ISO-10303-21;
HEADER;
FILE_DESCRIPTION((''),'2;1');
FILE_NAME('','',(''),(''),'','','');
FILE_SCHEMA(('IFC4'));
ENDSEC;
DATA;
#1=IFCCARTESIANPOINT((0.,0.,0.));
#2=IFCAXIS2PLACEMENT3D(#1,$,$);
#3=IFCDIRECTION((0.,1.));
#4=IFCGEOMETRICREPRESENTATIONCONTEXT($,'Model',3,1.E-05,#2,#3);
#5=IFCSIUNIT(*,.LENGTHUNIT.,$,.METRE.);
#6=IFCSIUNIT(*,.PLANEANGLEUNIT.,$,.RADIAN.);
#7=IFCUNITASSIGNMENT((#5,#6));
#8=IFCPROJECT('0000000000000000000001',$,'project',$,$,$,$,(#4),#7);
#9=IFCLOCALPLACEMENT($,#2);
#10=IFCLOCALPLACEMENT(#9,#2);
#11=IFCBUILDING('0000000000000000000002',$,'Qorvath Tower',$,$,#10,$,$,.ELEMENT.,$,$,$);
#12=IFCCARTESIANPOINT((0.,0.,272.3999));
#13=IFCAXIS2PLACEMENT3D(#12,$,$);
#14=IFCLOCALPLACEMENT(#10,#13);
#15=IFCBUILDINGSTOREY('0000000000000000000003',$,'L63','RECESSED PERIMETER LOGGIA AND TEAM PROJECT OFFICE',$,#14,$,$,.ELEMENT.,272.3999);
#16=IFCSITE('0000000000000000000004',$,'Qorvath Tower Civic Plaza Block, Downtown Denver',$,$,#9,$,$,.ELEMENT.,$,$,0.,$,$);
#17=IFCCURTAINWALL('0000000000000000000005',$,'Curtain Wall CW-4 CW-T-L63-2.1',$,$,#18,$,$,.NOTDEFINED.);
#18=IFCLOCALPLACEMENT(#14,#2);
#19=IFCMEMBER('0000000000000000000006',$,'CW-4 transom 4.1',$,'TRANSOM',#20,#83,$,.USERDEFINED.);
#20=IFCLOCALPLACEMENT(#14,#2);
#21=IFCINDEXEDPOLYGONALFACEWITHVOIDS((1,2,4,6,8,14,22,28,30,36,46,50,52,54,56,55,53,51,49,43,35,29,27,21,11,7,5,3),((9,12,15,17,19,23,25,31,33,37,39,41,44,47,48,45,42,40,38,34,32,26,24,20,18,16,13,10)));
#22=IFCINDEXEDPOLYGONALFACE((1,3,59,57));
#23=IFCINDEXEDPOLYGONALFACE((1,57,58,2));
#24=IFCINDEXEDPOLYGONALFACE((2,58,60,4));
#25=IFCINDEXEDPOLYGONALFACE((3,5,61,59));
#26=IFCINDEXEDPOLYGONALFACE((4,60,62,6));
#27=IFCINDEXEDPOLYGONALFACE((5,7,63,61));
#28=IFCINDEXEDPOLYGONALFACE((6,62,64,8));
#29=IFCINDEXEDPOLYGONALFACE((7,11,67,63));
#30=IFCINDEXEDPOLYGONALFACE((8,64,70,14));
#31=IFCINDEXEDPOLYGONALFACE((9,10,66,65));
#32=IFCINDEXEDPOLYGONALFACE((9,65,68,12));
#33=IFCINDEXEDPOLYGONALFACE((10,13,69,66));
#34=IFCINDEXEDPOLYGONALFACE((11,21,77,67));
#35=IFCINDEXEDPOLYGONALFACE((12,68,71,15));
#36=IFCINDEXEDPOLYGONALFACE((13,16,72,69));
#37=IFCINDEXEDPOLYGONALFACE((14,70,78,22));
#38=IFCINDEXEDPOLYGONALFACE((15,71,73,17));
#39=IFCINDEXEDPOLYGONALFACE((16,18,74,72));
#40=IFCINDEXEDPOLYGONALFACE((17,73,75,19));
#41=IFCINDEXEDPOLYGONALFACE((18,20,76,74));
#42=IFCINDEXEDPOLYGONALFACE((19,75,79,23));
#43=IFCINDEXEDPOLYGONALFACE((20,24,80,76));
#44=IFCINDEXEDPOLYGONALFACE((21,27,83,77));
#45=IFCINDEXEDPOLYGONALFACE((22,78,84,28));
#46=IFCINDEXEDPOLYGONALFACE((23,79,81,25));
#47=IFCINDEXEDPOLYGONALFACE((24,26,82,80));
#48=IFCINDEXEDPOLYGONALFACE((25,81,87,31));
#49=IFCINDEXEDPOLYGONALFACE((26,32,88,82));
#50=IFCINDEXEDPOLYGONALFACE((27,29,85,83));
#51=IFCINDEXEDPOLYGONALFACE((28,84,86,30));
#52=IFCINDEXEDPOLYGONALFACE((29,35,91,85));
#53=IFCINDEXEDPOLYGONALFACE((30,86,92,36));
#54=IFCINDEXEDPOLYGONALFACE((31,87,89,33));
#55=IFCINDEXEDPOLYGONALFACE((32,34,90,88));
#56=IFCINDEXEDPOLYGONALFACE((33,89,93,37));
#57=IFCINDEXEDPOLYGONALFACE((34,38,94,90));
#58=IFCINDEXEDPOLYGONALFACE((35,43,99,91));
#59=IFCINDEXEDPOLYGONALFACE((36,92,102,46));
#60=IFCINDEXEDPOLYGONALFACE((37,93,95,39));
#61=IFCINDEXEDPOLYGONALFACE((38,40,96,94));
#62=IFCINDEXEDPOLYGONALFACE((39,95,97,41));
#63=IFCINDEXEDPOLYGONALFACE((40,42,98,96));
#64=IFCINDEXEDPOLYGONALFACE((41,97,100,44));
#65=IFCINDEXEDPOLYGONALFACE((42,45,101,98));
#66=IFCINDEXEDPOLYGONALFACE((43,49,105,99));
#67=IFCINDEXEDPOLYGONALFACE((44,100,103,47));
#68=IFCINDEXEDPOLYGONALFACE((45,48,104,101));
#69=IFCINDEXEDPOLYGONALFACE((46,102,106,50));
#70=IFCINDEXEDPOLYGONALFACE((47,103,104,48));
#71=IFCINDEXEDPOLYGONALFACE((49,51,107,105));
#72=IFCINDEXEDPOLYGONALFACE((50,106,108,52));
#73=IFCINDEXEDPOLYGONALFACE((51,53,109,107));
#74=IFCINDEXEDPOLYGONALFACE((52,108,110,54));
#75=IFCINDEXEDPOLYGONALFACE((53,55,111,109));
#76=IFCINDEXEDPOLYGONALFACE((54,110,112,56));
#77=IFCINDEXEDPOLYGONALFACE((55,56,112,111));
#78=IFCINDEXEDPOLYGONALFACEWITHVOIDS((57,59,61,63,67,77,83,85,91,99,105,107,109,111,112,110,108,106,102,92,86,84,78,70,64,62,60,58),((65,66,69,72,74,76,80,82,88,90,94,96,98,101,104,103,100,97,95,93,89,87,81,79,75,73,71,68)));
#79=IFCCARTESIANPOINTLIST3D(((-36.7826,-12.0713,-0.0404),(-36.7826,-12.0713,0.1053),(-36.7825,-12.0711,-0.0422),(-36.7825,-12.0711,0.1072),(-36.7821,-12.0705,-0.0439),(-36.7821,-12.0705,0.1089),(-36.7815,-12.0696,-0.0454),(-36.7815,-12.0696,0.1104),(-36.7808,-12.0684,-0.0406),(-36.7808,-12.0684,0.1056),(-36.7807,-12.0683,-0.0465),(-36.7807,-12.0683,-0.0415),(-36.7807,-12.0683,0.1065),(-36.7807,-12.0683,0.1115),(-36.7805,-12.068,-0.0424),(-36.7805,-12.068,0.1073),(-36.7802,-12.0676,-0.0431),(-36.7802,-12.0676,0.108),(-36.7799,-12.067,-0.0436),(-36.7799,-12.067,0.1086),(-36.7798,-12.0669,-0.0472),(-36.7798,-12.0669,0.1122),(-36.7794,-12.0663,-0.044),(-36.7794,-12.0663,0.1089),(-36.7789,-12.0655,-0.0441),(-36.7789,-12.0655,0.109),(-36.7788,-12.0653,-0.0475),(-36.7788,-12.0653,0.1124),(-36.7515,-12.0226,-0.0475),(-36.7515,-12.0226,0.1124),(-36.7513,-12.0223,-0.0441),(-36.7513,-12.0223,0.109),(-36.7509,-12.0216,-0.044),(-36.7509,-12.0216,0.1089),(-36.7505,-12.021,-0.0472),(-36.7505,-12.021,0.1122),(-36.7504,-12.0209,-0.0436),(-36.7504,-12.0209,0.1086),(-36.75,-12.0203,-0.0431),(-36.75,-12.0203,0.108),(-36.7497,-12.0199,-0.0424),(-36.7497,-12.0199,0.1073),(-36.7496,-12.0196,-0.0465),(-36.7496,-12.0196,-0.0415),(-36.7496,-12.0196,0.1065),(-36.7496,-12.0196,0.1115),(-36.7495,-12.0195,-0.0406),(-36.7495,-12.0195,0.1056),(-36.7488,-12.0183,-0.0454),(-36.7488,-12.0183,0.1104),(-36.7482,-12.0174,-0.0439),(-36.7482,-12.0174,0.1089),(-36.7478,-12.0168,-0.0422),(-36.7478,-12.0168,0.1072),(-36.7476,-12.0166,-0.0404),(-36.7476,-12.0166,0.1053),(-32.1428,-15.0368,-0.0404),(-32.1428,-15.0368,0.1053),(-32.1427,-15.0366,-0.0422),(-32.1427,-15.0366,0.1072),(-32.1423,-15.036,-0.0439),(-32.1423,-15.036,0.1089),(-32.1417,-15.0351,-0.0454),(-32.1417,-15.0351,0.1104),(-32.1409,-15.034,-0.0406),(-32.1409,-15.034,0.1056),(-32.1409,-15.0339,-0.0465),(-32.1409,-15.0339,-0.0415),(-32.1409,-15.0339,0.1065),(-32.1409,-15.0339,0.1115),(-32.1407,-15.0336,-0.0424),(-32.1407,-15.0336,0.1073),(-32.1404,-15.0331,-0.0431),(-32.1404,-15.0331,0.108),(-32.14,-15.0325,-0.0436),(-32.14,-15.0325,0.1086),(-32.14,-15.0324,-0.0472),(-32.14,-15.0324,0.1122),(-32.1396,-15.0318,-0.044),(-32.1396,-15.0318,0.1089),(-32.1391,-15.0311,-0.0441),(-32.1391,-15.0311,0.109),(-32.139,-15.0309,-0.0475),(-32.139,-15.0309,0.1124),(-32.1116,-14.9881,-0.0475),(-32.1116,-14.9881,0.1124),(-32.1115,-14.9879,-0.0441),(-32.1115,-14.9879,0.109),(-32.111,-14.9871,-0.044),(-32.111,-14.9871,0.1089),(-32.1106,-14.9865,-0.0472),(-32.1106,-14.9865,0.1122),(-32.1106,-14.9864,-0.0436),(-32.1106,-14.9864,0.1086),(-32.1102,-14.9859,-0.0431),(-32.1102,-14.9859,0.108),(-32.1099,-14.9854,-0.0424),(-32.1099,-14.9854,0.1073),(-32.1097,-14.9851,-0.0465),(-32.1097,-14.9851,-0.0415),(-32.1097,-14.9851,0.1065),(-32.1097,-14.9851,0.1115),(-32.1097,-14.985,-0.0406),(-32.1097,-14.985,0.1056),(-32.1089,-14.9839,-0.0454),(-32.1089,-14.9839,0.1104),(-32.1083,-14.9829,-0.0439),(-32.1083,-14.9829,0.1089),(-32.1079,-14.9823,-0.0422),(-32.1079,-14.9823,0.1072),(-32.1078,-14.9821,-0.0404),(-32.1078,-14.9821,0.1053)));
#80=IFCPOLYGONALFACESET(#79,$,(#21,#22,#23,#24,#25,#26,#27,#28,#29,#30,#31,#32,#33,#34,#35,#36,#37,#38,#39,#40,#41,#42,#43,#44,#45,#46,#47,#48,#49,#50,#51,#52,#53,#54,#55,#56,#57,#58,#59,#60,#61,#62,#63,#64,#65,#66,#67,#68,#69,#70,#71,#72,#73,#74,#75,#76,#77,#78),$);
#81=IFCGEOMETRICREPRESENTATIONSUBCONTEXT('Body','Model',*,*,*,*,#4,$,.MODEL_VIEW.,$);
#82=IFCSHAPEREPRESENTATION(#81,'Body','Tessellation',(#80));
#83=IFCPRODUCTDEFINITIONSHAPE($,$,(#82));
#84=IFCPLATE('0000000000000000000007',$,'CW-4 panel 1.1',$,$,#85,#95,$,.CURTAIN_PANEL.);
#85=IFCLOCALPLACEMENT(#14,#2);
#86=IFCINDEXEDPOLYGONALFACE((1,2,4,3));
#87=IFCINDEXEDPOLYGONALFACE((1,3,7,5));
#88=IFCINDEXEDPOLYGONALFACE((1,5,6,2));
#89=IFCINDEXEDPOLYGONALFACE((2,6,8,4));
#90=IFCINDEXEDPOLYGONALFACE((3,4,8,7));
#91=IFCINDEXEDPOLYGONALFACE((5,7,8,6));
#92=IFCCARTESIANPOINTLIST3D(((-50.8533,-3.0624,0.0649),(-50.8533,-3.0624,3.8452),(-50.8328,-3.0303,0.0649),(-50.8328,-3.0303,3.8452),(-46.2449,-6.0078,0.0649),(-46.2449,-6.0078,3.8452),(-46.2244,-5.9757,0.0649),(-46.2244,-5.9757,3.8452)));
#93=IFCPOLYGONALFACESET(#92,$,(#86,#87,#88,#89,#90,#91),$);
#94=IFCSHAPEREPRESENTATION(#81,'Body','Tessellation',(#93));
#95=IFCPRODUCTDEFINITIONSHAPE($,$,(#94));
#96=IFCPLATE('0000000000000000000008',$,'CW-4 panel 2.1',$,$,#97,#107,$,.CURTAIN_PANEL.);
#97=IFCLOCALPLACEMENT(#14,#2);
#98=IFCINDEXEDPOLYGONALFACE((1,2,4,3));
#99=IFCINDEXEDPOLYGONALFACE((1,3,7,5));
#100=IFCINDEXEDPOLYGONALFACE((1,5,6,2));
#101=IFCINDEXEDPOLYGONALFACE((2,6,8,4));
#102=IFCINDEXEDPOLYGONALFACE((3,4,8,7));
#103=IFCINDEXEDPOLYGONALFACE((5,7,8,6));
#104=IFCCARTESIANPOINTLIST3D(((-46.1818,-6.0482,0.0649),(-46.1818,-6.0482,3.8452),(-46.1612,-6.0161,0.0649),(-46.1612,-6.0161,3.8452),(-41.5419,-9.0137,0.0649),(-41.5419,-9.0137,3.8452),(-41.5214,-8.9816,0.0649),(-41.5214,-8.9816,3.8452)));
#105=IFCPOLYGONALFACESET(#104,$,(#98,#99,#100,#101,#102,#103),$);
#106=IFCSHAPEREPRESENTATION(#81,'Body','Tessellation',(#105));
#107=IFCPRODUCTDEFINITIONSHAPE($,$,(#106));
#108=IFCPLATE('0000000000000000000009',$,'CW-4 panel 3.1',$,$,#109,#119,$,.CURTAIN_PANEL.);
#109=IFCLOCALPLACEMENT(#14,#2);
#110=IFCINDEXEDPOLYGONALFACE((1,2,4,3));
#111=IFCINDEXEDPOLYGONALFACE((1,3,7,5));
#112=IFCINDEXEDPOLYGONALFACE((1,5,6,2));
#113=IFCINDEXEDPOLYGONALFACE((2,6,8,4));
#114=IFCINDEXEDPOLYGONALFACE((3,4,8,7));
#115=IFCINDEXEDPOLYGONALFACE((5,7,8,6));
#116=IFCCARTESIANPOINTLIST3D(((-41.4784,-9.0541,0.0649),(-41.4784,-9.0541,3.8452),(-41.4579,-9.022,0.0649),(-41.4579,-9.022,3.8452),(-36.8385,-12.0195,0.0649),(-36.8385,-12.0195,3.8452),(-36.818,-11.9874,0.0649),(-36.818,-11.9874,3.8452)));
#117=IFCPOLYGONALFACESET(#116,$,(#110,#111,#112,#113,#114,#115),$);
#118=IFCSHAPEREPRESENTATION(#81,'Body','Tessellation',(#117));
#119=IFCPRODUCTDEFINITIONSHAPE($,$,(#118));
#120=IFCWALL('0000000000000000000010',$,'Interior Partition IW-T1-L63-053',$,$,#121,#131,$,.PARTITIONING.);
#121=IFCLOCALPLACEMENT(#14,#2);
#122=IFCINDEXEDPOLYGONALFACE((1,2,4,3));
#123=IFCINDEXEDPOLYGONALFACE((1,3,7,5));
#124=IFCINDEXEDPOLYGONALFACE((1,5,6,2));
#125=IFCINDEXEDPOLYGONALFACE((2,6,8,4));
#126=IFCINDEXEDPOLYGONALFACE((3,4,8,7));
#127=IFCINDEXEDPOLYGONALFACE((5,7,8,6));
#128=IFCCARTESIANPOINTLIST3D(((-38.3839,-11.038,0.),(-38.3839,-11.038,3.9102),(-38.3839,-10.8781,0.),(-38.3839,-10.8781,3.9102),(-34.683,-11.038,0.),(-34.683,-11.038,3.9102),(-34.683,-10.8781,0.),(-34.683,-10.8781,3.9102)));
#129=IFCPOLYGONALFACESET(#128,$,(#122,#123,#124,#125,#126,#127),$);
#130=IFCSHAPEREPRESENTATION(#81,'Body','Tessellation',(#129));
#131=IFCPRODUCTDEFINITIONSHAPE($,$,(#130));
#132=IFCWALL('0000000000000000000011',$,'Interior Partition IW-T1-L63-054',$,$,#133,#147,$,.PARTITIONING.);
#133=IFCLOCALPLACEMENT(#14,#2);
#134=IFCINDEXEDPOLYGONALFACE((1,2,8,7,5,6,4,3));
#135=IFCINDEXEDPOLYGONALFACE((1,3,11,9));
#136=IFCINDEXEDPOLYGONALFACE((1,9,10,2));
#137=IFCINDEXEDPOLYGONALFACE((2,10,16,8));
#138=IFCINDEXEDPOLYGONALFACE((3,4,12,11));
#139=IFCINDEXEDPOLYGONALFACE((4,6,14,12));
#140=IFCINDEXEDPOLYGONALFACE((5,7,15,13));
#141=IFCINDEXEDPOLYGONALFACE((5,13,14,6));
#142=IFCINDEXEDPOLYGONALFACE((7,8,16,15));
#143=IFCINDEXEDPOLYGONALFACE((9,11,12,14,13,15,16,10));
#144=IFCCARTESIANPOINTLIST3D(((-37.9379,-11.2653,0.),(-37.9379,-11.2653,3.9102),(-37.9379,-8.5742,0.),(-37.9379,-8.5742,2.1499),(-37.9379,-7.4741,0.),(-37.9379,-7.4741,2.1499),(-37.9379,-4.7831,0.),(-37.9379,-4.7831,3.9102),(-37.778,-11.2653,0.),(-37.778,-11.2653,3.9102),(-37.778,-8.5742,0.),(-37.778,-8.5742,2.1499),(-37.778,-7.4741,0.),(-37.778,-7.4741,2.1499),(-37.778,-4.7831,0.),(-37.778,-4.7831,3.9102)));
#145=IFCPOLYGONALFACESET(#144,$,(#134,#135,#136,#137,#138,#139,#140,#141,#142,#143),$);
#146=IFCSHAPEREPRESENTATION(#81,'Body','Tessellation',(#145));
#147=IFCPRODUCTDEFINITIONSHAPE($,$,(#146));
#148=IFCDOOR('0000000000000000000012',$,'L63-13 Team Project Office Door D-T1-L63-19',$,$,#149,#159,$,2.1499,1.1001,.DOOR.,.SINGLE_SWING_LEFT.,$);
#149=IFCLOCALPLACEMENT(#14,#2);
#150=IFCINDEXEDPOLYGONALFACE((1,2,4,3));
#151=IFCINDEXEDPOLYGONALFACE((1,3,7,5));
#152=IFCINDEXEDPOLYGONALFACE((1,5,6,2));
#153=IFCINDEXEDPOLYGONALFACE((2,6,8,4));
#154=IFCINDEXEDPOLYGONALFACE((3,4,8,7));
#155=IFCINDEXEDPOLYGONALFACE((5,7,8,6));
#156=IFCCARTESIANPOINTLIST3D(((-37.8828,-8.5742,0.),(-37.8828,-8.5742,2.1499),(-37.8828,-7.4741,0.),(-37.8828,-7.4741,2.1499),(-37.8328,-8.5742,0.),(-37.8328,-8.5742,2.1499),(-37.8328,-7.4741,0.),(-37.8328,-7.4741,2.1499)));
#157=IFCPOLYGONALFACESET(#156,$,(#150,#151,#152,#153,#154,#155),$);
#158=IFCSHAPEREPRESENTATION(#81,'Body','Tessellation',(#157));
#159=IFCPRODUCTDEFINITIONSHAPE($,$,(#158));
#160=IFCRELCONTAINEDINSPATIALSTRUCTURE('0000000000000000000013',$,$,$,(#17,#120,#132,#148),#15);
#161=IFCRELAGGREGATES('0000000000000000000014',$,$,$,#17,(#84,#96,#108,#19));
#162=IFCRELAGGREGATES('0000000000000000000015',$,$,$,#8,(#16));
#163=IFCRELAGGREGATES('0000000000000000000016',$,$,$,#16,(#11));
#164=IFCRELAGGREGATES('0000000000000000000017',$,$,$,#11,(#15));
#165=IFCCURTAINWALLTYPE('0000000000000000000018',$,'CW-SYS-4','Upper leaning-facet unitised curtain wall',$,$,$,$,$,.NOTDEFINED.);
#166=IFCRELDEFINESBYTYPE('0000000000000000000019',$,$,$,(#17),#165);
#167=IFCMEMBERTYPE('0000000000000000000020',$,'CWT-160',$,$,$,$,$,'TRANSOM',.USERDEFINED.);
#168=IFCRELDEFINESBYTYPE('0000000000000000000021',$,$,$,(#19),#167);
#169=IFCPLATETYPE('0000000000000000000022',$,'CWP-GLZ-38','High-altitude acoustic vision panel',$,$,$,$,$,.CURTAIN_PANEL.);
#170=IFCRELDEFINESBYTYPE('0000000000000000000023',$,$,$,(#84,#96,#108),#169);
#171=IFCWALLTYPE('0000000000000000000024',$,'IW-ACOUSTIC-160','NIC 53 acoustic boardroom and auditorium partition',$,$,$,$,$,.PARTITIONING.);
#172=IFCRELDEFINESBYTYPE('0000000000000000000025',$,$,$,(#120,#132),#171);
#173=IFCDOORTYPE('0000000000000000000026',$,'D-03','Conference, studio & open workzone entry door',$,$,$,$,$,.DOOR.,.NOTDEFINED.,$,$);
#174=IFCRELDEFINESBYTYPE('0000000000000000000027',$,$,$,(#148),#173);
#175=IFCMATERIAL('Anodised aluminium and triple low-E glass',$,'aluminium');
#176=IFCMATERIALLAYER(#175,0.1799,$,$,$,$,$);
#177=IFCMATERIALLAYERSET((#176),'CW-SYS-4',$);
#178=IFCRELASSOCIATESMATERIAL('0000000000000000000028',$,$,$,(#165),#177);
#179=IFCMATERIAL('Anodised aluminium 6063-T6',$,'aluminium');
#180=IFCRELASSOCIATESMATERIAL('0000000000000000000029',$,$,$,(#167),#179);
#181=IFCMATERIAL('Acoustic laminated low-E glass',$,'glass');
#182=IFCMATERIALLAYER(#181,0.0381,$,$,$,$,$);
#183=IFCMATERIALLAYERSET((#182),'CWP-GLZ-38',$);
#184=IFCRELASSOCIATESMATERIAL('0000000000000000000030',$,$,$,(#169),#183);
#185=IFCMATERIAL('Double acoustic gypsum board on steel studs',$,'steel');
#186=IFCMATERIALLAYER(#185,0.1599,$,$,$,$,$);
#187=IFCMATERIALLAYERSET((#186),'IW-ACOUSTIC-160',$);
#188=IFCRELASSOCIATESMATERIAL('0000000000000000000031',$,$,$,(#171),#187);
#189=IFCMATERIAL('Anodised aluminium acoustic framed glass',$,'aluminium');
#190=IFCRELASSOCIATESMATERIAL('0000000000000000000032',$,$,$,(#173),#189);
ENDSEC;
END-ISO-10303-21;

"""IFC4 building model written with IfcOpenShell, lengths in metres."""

from ifc_helpers import new_model, si_unit, direction, frame, frame_2d, origin, origin_2d, place, context, subcontext, project, spatial, rectangle, hollow_rectangle, extrude, material, layer, layer_set, material_profile, profile_set, type_object, element, fill, aggregate, save


model = new_model("IFC4")

# Units and contexts
model_context = context("Model", 3, precision=1e-05, world=origin(), true_north=direction((0.0, 1.0)))
body_context = subcontext(model_context, "Body", "Model", "MODEL_VIEW")
ifc_project = project(units=[si_unit("LENGTHUNIT", "METRE"), si_unit("PLANEANGLEUNIT", "RADIAN")], contexts=[model_context])

# Site, building, storey
site_placement = place(None, origin())
site = spatial("IfcSite", under=ifc_project, at=site_placement, Name="Qorvath Tower Civic Plaza Block, Downtown Denver", CompositionType="ELEMENT", RefElevation=0.0)
building_placement = place(site_placement, origin())
building = spatial("IfcBuilding", under=site, at=building_placement, Name="Qorvath Tower", CompositionType="ELEMENT")
storey_placement = place(building_placement, frame((0.0, 0.0, 272.3999)))
storey = spatial("IfcBuildingStorey", under=building, at=storey_placement, Name="L63", Description="RECESSED PERIMETER LOGGIA AND TEAM PROJECT OFFICE", CompositionType="ELEMENT", Elevation=272.3999)

# Curtain wall, member, plates
ifc_material_1 = material(Name="Anodised aluminium and triple low-E glass", Category="aluminium")
ifc_layer_1 = layer(ifc_material_1, 0.1799)
ifc_layer_set_1 = layer_set([ifc_layer_1], Name="CW-SYS-4")
curtain_wall_type = type_object("IfcCurtainWallType", Name="CW-SYS-4", Description="Upper leaning-facet unitised curtain wall", PredefinedType="NOTDEFINED", material=ifc_layer_set_1)
curtain_wall_placement = place(storey_placement, origin())
curtain_wall = element("IfcCurtainWall", 1, at=curtain_wall_placement, inside=storey, type_object=curtain_wall_type, Name="Curtain Wall CW-4 CW-T-L63-2.1", PredefinedType="NOTDEFINED")
ifc_material_2 = material(Name="Anodised aluminium 6063-T6", Category="aluminium")
ifc_material_profile_1 = material_profile(ifc_material_2, hollow_rectangle(XDim=0.0649, YDim=0.1599, WallThickness=0.0034, InnerFilletRadius=0.0034, OuterFilletRadius=0.0071, at=origin_2d()), Name="CWT 160x65")
ifc_profile_set_1 = profile_set([ifc_material_profile_1], Name="Anodised aluminium 6063-T6")
member_type_1 = type_object("IfcMemberType", Name="CWT-160", ElementType="TRANSOM", PredefinedType="USERDEFINED", material=ifc_profile_set_1)
member_1_placement = place(storey_placement, frame((-36.7651, -12.0439, 0.0325), z_axis=(0.842597, -0.538544, 0.0), x_axis=(0.538544, 0.842597, 0.0)))
member_1 = element("IfcMember", 2, at=member_1_placement, type_object=member_type_1, Name="CW-4 transom 4.1", ObjectType="TRANSOM", PredefinedType="USERDEFINED", context=body_context, shape_type="SweptSolid", body=[
    extrude(hollow_rectangle(XDim=0.0649, YDim=0.1599, WallThickness=0.0034, InnerFilletRadius=0.0034, OuterFilletRadius=0.0071, at=origin_2d()), origin(), (0.0, 0.0, 1.0), 5.5066),
])
ifc_material_3 = material(Name="Acoustic laminated low-E glass", Category="glass")
ifc_layer_2 = layer(ifc_material_3, 0.0381)
ifc_layer_set_2 = layer_set([ifc_layer_2], Name="CWP-GLZ-38")
plate_type = type_object("IfcPlateType", Name="CWP-GLZ-38", Description="High-altitude acoustic vision panel", PredefinedType="CURTAIN_PANEL", material=ifc_layer_set_2)
plate_1_placement = place(storey_placement, frame((-48.5388, -4.519, 0.0649), z_axis=(0.0, 0.0, 1.0), x_axis=(0.842604, -0.538534, 0.0)))
plate_1 = element("IfcPlate", 3, at=plate_1_placement, type_object=plate_type, Name="CW-4 panel 1.1", PredefinedType="CURTAIN_PANEL", context=body_context, shape_type="SweptSolid", body=[
    extrude(rectangle(XDim=5.4692, YDim=0.0381, at=origin_2d()), origin(), (0.0, 0.0, 1.0), 3.7803),
])
plate_2_placement = place(storey_placement, frame((-43.8516, -7.5149, 0.0649), z_axis=(0.0, 0.0, 1.0), x_axis=(0.842604, -0.538534, 0.0)))
plate_2 = element("IfcPlate", 4, at=plate_2_placement, type_object=plate_type, Name="CW-4 panel 2.1", PredefinedType="CURTAIN_PANEL", context=body_context, shape_type="SweptSolid", body=[
    extrude(rectangle(XDim=5.5066, YDim=0.0381, at=origin_2d()), origin(), (0.0, 0.0, 1.0), 3.7803),
])
plate_3_placement = place(storey_placement, frame((-39.1482, -10.5208, 0.0649), z_axis=(0.0, 0.0, 1.0), x_axis=(0.842604, -0.538534, 0.0)))
plate_3 = element("IfcPlate", 5, at=plate_3_placement, type_object=plate_type, Name="CW-4 panel 3.1", PredefinedType="CURTAIN_PANEL", context=body_context, shape_type="SweptSolid", body=[
    extrude(rectangle(XDim=5.5066, YDim=0.0381, at=origin_2d()), origin(), (0.0, 0.0, 1.0), 3.7803),
])
aggregate(curtain_wall, [plate_1, plate_2, plate_3, member_1])

# Wall
ifc_material_4 = material(Name="Double acoustic gypsum board on steel studs", Category="steel")
ifc_layer_3 = layer(ifc_material_4, 0.1599)
ifc_layer_set_3 = layer_set([ifc_layer_3], Name="IW-ACOUSTIC-160")
wall_type_1 = type_object("IfcWallType", Name="IW-ACOUSTIC-160", Description="NIC 53 acoustic boardroom and auditorium partition", PredefinedType="PARTITIONING", material=ifc_layer_set_3)
wall_1_placement = place(storey_placement, frame((-38.384, -10.958, 0.0), z_axis=(0.0, 0.0, 1.0), x_axis=(1.0, 0.0, 0.0)))
element("IfcWall", 6, at=wall_1_placement, inside=storey, type_object=wall_type_1, Name="Interior Partition IW-T1-L63-053", PredefinedType="PARTITIONING", context=body_context, shape_type="SweptSolid", body=[
    extrude(rectangle(XDim=3.7009, YDim=0.1599, at=frame_2d((1.8506, 0.0))), origin(), (0.0, 0.0, 1.0), 3.9102),
])

# Wall, opening, door
wall_2_placement = place(storey_placement, frame((-37.8579, -11.2654, 0.0), z_axis=(0.0, 0.0, 1.0), x_axis=(0.0, 1.0, 0.0)))
wall_2 = element("IfcWall", 7, at=wall_2_placement, inside=storey, type_object=wall_type_1, Name="Interior Partition IW-T1-L63-054", PredefinedType="PARTITIONING", context=body_context, shape_type="SweptSolid", body=[
    extrude(rectangle(XDim=6.4822, YDim=0.1599, at=frame_2d((3.2412, 0.0))), origin(), (0.0, 0.0, 1.0), 3.9102),
])
opening_1_placement = place(wall_2_placement, frame((2.6912, 0.0, 0.0)))
opening_1 = element("IfcOpeningElement", 8, at=opening_1_placement, cuts=wall_2, PredefinedType="OPENING", context=body_context, shape_type="SweptSolid", body=[
    extrude(rectangle(XDim=1.1001, YDim=2.1499, at=frame_2d((0.55, 1.075))), frame((0.0, 0.0898, 0.0), z_axis=(0.0, -1.0, 0.0), x_axis=(1.0, 0.0, 0.0)), (0.0, 0.0, 1.0), 0.1799),
])
ifc_material_5 = material(Name="Anodised aluminium acoustic framed glass", Category="aluminium")
door_type_1 = type_object("IfcDoorType", Name="D-03", Description="Conference, studio & open workzone entry door", OperationType="NOTDEFINED", PredefinedType="DOOR", material=ifc_material_5)
door_1_placement = place(opening_1_placement, origin())
door_1 = element("IfcDoor", 9, at=door_1_placement, inside=storey, type_object=door_type_1, Name="L63-13 Team Project Office Door D-T1-L63-19", OperationType="SINGLE_SWING_LEFT", OverallHeight=2.1499, OverallWidth=1.1001, PredefinedType="DOOR", context=body_context, shape_type="SweptSolid", body=[
    extrude(rectangle(XDim=1.1001, YDim=2.1499, at=frame_2d((0.55, 1.075))), frame((0.0, 0.0249, 0.0), z_axis=(0.0, -1.0, 0.0), x_axis=(1.0, 0.0, 0.0)), (0.0, 0.0, 1.0), 0.05),
])
fill(opening_1, door_1)

save(model, "model.ifc")
